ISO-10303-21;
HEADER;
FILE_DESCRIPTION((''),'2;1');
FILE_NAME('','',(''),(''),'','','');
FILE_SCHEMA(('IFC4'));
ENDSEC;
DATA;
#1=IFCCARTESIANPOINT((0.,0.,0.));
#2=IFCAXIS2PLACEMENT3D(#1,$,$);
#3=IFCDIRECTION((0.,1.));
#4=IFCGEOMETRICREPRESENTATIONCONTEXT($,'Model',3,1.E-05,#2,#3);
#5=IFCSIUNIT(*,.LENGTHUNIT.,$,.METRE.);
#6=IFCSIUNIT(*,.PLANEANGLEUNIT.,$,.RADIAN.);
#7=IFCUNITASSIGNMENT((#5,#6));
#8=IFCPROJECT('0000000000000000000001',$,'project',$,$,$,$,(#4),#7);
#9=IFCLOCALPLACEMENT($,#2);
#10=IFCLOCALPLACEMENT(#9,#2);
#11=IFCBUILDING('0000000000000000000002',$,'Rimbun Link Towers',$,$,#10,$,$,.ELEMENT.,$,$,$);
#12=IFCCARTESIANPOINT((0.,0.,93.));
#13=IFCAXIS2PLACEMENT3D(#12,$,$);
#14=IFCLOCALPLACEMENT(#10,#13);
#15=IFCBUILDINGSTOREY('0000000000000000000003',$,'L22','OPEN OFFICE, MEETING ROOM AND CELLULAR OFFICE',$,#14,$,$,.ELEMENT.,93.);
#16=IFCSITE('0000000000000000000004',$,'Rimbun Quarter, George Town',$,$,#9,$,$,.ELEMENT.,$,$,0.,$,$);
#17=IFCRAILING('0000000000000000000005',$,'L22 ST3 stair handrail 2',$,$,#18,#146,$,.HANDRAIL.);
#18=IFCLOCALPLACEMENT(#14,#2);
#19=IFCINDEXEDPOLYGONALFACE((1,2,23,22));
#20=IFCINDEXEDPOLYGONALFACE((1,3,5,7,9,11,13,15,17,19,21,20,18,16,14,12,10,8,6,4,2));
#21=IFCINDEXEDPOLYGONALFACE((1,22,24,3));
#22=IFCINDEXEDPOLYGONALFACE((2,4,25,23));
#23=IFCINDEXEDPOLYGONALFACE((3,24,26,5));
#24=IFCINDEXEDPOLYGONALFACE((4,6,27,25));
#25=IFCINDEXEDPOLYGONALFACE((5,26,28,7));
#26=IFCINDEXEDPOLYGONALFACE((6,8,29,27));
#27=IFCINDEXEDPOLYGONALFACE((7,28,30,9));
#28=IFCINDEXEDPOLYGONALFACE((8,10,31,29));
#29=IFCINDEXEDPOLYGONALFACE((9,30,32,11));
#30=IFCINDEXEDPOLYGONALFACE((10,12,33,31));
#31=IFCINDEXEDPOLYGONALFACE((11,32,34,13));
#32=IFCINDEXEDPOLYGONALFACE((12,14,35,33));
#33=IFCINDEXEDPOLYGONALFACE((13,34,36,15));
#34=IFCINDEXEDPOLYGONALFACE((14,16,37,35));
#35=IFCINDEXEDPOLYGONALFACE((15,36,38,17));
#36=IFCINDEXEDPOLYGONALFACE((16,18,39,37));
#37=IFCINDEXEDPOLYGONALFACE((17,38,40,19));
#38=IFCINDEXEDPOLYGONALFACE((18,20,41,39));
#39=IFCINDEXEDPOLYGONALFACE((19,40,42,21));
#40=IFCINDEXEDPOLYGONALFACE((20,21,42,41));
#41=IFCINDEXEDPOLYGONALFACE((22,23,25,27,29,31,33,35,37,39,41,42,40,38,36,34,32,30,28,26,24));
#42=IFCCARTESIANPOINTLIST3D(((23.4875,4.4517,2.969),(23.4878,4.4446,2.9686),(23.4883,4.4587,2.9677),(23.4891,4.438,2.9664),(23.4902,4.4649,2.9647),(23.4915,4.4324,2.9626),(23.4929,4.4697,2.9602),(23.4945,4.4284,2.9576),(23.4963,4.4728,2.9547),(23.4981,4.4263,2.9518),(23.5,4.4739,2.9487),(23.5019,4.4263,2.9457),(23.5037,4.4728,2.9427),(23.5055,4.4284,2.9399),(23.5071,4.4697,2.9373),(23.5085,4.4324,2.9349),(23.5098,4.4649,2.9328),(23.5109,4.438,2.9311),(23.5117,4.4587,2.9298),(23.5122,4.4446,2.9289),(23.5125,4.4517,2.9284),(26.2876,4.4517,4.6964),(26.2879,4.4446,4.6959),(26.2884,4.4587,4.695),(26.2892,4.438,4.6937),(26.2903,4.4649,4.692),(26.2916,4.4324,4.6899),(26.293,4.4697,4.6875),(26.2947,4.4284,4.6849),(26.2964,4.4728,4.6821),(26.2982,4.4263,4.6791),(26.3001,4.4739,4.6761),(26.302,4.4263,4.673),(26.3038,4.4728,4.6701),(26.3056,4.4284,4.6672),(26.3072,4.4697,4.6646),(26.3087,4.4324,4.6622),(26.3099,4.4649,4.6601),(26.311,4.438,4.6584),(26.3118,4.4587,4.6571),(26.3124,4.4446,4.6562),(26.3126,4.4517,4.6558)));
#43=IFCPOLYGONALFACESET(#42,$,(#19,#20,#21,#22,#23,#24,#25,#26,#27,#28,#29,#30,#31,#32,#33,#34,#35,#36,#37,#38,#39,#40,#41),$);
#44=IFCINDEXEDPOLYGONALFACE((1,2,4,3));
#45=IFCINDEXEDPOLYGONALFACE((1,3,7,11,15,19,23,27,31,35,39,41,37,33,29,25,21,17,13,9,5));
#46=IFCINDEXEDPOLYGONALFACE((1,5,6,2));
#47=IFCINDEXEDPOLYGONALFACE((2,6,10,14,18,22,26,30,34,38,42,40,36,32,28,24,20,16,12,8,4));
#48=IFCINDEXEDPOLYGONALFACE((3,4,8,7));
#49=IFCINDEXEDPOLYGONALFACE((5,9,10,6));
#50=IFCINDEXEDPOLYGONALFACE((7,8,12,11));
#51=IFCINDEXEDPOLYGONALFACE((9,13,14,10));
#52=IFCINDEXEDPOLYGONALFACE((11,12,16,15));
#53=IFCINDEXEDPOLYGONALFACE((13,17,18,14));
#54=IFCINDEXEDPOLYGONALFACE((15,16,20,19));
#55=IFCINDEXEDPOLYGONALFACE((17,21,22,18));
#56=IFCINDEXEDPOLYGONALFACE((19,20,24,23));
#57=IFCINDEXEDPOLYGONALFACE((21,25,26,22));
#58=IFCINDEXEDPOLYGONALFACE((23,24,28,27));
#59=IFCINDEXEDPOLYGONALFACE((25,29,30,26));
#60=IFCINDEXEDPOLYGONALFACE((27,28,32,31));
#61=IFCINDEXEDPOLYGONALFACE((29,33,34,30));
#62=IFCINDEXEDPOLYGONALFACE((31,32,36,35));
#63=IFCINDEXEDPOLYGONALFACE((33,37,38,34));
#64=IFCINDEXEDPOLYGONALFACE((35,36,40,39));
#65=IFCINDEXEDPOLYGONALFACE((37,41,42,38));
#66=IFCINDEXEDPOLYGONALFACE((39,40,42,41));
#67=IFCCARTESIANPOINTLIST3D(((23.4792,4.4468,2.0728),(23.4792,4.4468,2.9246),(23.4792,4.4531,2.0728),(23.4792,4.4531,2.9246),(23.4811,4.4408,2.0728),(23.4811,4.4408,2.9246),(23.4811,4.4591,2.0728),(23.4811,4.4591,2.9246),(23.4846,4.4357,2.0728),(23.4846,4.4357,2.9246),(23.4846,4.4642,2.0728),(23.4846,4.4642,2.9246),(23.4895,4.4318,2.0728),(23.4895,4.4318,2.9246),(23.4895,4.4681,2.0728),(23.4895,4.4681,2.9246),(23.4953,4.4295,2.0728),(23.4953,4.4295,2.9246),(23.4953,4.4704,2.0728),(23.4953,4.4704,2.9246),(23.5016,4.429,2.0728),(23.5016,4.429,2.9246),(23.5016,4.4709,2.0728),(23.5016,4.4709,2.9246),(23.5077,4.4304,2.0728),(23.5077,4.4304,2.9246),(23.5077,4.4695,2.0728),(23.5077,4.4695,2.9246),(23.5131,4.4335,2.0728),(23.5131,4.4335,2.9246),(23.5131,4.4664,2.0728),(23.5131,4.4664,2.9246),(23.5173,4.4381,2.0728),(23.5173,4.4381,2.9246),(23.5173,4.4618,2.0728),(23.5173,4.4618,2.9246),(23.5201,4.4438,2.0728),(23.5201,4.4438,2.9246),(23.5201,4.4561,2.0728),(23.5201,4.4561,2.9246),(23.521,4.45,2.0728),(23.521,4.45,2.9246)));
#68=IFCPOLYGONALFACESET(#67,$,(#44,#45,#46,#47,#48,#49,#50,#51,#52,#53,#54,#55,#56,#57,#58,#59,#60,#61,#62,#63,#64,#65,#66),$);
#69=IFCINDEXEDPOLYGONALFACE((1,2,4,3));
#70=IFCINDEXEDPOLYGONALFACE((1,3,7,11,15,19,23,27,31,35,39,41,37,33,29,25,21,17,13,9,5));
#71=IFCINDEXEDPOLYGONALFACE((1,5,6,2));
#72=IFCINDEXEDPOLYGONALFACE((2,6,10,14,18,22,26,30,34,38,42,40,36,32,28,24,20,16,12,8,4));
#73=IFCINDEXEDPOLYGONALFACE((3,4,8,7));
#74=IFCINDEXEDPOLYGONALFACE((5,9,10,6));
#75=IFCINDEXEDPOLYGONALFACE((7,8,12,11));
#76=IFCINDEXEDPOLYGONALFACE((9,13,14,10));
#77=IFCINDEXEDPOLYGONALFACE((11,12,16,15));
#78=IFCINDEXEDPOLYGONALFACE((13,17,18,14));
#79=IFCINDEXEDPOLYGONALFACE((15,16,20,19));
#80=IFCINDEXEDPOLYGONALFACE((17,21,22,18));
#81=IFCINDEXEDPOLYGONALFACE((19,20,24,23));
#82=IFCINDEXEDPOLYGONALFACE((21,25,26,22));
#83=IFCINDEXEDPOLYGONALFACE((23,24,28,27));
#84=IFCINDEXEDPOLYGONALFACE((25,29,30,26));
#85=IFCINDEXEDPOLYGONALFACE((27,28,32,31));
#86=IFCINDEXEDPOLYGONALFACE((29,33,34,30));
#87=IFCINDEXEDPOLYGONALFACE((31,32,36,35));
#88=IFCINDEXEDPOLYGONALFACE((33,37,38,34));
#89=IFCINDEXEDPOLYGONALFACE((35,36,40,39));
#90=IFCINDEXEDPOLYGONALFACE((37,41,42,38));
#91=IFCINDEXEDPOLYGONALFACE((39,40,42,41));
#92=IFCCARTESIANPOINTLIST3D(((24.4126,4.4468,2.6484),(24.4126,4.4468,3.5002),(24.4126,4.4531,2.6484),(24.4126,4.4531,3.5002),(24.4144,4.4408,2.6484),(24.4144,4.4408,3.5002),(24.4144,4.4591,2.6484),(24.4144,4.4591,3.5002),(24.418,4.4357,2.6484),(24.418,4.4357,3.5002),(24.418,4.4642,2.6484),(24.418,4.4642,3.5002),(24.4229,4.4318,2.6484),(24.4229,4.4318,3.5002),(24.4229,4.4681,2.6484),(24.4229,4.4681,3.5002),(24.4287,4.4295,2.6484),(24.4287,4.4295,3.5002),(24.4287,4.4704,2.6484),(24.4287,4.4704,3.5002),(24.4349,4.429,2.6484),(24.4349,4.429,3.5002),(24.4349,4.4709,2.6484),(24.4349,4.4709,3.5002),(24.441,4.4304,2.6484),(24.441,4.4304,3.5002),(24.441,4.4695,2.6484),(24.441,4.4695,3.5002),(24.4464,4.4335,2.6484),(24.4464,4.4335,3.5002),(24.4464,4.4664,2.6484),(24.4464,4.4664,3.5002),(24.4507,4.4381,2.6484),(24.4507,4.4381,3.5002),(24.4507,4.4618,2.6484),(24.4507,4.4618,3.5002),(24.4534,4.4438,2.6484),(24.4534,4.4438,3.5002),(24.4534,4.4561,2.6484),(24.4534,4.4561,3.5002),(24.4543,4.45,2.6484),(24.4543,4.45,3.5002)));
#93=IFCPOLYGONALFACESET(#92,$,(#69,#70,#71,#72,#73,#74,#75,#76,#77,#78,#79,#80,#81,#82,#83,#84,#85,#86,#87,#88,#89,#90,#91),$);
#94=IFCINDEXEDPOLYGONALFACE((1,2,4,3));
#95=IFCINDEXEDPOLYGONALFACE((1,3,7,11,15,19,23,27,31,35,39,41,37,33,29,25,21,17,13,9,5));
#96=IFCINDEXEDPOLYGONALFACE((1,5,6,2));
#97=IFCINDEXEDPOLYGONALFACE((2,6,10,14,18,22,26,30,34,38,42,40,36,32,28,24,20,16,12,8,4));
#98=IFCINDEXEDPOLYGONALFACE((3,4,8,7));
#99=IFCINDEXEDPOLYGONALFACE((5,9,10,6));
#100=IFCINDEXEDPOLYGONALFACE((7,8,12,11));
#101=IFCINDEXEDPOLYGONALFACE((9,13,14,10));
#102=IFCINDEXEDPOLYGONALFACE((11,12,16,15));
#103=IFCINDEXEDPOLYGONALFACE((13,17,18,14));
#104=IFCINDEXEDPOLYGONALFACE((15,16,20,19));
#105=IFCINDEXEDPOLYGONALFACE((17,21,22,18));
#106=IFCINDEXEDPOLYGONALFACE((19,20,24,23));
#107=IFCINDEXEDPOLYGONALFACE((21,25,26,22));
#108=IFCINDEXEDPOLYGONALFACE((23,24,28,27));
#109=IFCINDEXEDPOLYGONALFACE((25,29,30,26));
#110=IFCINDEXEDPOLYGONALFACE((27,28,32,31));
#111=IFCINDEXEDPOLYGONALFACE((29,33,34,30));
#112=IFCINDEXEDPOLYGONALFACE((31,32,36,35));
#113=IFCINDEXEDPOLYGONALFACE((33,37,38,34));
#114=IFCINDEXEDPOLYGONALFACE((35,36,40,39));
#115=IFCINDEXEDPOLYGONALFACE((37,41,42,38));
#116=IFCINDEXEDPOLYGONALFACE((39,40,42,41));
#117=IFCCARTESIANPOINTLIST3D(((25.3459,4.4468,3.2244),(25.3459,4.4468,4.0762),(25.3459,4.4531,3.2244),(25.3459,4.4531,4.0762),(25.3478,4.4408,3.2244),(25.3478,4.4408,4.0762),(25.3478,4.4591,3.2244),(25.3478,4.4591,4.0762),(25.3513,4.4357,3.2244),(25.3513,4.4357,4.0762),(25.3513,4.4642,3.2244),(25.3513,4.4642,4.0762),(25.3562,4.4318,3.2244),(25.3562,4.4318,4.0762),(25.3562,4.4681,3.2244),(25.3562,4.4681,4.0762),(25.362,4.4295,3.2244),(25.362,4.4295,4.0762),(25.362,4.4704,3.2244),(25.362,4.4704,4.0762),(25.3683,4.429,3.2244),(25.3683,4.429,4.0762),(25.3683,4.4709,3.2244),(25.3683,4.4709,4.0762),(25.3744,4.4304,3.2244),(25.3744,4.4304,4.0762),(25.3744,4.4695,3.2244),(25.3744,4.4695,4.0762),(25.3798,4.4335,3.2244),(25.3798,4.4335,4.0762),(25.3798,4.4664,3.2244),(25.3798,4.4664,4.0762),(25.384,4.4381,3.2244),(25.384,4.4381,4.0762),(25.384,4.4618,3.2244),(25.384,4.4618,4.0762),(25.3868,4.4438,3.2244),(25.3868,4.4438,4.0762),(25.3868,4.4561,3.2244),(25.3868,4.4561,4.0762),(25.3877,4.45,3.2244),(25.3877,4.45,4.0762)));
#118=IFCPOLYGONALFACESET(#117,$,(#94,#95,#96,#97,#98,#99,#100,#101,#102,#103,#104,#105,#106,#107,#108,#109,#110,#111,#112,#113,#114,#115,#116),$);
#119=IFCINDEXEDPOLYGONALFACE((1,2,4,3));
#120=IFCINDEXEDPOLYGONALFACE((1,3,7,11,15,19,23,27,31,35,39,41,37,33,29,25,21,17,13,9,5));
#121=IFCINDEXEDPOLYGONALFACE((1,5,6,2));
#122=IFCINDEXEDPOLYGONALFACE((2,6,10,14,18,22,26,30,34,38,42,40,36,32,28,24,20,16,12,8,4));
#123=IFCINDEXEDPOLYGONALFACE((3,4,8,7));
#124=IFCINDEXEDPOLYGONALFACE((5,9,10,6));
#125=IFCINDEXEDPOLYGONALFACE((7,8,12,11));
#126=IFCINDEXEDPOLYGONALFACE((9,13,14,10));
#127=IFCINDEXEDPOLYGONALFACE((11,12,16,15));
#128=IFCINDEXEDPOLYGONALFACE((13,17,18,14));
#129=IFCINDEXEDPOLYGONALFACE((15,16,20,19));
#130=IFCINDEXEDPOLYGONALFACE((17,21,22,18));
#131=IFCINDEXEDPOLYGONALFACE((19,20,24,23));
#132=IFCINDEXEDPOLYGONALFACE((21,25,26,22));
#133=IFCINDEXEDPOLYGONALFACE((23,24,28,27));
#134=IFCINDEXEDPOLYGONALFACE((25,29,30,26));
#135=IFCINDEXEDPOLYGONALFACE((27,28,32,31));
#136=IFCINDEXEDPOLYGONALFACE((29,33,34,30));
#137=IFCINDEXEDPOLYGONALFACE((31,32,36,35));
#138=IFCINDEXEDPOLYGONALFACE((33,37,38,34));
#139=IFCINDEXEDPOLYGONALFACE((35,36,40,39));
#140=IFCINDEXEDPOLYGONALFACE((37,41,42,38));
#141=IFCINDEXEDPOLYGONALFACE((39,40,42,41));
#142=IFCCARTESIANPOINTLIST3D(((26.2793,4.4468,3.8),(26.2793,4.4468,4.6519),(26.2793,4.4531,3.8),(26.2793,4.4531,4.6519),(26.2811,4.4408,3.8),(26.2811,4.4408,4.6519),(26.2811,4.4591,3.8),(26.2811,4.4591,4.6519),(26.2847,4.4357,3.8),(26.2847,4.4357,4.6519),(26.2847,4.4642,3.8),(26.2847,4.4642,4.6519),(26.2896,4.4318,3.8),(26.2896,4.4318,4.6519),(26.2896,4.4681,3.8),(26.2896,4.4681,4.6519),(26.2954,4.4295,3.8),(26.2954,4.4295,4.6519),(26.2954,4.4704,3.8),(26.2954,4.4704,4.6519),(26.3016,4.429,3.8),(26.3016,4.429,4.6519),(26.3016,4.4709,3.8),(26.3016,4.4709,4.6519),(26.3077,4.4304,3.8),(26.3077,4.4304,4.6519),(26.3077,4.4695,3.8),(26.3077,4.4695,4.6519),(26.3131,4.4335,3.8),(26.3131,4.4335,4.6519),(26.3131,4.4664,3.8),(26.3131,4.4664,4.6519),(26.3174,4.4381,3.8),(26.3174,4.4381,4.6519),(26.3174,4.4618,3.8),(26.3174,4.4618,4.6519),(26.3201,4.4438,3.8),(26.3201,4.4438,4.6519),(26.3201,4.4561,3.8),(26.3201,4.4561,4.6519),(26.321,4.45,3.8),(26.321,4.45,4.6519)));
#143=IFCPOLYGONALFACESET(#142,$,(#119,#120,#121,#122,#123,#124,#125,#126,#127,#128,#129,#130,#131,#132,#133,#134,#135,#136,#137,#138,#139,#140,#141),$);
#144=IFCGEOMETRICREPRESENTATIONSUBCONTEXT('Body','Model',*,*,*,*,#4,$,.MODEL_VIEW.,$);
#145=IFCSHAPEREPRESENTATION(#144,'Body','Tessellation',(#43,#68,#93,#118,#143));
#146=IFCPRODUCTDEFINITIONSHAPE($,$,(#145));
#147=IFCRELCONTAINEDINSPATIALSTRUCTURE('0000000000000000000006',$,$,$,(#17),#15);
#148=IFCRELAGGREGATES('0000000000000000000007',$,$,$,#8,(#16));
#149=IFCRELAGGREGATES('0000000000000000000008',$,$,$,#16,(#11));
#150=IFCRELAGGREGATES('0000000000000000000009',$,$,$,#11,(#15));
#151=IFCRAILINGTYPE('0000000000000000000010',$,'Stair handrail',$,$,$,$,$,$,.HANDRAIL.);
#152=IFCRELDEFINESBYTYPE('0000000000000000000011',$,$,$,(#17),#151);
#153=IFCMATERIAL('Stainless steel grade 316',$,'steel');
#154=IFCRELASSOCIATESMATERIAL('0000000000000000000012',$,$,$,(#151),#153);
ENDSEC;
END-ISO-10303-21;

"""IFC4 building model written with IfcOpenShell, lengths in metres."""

from ifc_helpers import new_model, si_unit, direction, frame, origin, origin_2d, place, context, subcontext, project, spatial, circle, extrude, material, type_object, element, save


model = new_model("IFC4")

# Units and contexts
model_context = context("Model", 3, precision=1e-05, world=origin(), true_north=direction((0.0, 1.0)))
body_context = subcontext(model_context, "Body", "Model", "MODEL_VIEW")
ifc_project = project(units=[si_unit("LENGTHUNIT", "METRE"), si_unit("PLANEANGLEUNIT", "RADIAN")], contexts=[model_context])

# Site, building, storey
site_placement = place(None, origin())
site = spatial("IfcSite", under=ifc_project, at=site_placement, Name="Rimbun Quarter, George Town", CompositionType="ELEMENT", RefElevation=0.0)
building_placement = place(site_placement, origin())
building = spatial("IfcBuilding", under=site, at=building_placement, Name="Rimbun Link Towers", CompositionType="ELEMENT")
storey_placement = place(building_placement, frame((0.0, 0.0, 93.0)))
storey = spatial("IfcBuildingStorey", under=building, at=storey_placement, Name="L22", Description="OPEN OFFICE, MEETING ROOM AND CELLULAR OFFICE", CompositionType="ELEMENT", Elevation=93.0)

# Railing
ifc_material_1 = material(Name="Stainless steel grade 316", Category="steel")
railing_type_1 = type_object("IfcRailingType", Name="Stair handrail", PredefinedType="HANDRAIL", material=ifc_material_1)
railing_1_placement = place(storey_placement, frame((23.5, 4.45, 2.0728)))
element("IfcRailing", 1, at=railing_1_placement, inside=storey, type_object=railing_type_1, Name="L22 ST3 stair handrail 2", PredefinedType="HANDRAIL", context=body_context, shape_type="SweptSolid", body=[
    extrude(circle(Radius=0.0239, at=origin_2d()), frame((0.0, 0.0, 0.876), z_axis=(0.85109, 0.0, 0.52502), x_axis=(0.0, 1.0, 0.0)), (0.0, 0.0, 1.0), 3.29),
    extrude(circle(Radius=0.021, at=origin_2d()), origin(), (0.0, 0.0, 1.0), 0.8518),
    extrude(circle(Radius=0.021, at=origin_2d()), frame((0.9333, 0.0, 0.5757)), (0.0, 0.0, 1.0), 0.8518),
    extrude(circle(Radius=0.021, at=origin_2d()), frame((1.8667, 0.0, 1.1516)), (0.0, 0.0, 1.0), 0.8518),
    extrude(circle(Radius=0.021, at=origin_2d()), frame((2.8, 0.0, 1.7273)), (0.0, 0.0, 1.0), 0.8518),
])

save(model, "model.ifc")
